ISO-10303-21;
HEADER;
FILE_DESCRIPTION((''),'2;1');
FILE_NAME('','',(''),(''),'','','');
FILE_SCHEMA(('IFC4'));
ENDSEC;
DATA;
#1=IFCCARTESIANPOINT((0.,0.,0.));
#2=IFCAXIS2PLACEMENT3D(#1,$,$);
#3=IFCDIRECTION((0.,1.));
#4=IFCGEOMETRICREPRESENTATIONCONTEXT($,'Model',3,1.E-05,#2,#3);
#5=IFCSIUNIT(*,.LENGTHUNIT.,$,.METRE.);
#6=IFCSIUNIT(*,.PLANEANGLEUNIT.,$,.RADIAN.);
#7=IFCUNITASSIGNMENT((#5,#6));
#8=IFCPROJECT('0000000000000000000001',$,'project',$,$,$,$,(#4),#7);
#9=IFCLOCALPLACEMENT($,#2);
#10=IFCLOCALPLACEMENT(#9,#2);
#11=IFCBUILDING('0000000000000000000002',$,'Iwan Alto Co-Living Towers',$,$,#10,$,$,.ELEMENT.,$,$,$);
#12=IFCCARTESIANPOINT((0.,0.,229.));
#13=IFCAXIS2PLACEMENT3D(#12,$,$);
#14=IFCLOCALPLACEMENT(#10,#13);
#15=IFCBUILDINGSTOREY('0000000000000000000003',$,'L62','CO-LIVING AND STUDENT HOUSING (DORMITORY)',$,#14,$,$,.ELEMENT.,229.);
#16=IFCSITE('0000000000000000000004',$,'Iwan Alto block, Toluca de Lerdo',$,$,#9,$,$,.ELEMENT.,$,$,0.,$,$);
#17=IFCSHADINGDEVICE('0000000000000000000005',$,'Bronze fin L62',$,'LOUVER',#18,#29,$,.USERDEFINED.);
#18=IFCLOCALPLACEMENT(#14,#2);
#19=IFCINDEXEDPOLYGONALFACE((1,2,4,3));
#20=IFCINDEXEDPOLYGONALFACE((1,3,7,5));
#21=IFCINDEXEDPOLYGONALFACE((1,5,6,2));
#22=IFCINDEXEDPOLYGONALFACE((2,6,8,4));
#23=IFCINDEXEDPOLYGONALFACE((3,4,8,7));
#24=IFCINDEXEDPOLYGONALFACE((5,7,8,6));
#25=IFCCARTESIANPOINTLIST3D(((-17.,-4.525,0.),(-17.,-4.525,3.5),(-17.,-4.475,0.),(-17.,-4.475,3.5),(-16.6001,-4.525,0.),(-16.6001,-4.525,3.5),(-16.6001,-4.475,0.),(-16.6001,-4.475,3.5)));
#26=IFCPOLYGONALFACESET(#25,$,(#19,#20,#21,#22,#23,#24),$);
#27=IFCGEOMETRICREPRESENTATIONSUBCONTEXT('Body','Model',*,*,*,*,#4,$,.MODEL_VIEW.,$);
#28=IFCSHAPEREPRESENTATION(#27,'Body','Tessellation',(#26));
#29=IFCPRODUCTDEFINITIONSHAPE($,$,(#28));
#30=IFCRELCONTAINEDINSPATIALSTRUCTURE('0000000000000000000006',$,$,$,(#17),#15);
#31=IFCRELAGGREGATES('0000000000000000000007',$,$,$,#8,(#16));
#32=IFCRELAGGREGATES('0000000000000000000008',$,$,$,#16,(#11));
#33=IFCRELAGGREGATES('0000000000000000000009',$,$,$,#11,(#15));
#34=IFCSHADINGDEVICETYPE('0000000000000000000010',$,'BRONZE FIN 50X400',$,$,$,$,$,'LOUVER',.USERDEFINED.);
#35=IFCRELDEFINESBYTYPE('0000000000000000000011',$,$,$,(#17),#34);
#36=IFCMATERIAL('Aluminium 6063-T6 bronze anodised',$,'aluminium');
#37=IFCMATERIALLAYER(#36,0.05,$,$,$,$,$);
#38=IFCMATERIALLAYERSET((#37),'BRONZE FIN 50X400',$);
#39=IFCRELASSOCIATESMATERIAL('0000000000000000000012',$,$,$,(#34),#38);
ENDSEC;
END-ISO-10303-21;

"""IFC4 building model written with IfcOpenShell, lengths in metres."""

from ifc_helpers import new_model, si_unit, direction, frame, origin, origin_2d, place, context, subcontext, project, spatial, rectangle, extrude, material, layer, layer_set, type_object, element, save


model = new_model("IFC4")

# Units and contexts
model_context = context("Model", 3, precision=1e-05, world=origin(), true_north=direction((0.0, 1.0)))
body_context = subcontext(model_context, "Body", "Model", "MODEL_VIEW")
ifc_project = project(units=[si_unit("LENGTHUNIT", "METRE"), si_unit("PLANEANGLEUNIT", "RADIAN")], contexts=[model_context])

# Site, building, storey
site_placement = place(None, origin())
site = spatial("IfcSite", under=ifc_project, at=site_placement, Name="Iwan Alto block, Toluca de Lerdo", CompositionType="ELEMENT", RefElevation=0.0)
building_placement = place(site_placement, origin())
building = spatial("IfcBuilding", under=site, at=building_placement, Name="Iwan Alto Co-Living Towers", CompositionType="ELEMENT")
storey_placement = place(building_placement, frame((0.0, 0.0, 229.0)))
storey = spatial("IfcBuildingStorey", under=building, at=storey_placement, Name="L62", Description="CO-LIVING AND STUDENT HOUSING (DORMITORY)", CompositionType="ELEMENT", Elevation=229.0)

# Shading device
ifc_material_1 = material(Name="Aluminium 6063-T6 bronze anodised", Category="aluminium")
ifc_layer_1 = layer(ifc_material_1, 0.05)
ifc_layer_set_1 = layer_set([ifc_layer_1], Name="BRONZE FIN 50X400")
shading_device_type = type_object("IfcShadingDeviceType", Name="BRONZE FIN 50X400", ElementType="LOUVER", PredefinedType="USERDEFINED", material=ifc_layer_set_1)
shading_device_placement = place(storey_placement, frame((-16.8, -4.5, 0.0), z_axis=(0.0, 0.0, 1.0), x_axis=(0.0, -1.0, 0.0)))
element("IfcShadingDevice", 1, at=shading_device_placement, inside=storey, type_object=shading_device_type, Name="Bronze fin L62", ObjectType="LOUVER", PredefinedType="USERDEFINED", context=body_context, shape_type="SweptSolid", body=[
    extrude(rectangle(XDim=0.05, YDim=0.3999, at=origin_2d()), origin(), (0.0, 0.0, 1.0), 3.5),
])

save(model, "model.ifc")
